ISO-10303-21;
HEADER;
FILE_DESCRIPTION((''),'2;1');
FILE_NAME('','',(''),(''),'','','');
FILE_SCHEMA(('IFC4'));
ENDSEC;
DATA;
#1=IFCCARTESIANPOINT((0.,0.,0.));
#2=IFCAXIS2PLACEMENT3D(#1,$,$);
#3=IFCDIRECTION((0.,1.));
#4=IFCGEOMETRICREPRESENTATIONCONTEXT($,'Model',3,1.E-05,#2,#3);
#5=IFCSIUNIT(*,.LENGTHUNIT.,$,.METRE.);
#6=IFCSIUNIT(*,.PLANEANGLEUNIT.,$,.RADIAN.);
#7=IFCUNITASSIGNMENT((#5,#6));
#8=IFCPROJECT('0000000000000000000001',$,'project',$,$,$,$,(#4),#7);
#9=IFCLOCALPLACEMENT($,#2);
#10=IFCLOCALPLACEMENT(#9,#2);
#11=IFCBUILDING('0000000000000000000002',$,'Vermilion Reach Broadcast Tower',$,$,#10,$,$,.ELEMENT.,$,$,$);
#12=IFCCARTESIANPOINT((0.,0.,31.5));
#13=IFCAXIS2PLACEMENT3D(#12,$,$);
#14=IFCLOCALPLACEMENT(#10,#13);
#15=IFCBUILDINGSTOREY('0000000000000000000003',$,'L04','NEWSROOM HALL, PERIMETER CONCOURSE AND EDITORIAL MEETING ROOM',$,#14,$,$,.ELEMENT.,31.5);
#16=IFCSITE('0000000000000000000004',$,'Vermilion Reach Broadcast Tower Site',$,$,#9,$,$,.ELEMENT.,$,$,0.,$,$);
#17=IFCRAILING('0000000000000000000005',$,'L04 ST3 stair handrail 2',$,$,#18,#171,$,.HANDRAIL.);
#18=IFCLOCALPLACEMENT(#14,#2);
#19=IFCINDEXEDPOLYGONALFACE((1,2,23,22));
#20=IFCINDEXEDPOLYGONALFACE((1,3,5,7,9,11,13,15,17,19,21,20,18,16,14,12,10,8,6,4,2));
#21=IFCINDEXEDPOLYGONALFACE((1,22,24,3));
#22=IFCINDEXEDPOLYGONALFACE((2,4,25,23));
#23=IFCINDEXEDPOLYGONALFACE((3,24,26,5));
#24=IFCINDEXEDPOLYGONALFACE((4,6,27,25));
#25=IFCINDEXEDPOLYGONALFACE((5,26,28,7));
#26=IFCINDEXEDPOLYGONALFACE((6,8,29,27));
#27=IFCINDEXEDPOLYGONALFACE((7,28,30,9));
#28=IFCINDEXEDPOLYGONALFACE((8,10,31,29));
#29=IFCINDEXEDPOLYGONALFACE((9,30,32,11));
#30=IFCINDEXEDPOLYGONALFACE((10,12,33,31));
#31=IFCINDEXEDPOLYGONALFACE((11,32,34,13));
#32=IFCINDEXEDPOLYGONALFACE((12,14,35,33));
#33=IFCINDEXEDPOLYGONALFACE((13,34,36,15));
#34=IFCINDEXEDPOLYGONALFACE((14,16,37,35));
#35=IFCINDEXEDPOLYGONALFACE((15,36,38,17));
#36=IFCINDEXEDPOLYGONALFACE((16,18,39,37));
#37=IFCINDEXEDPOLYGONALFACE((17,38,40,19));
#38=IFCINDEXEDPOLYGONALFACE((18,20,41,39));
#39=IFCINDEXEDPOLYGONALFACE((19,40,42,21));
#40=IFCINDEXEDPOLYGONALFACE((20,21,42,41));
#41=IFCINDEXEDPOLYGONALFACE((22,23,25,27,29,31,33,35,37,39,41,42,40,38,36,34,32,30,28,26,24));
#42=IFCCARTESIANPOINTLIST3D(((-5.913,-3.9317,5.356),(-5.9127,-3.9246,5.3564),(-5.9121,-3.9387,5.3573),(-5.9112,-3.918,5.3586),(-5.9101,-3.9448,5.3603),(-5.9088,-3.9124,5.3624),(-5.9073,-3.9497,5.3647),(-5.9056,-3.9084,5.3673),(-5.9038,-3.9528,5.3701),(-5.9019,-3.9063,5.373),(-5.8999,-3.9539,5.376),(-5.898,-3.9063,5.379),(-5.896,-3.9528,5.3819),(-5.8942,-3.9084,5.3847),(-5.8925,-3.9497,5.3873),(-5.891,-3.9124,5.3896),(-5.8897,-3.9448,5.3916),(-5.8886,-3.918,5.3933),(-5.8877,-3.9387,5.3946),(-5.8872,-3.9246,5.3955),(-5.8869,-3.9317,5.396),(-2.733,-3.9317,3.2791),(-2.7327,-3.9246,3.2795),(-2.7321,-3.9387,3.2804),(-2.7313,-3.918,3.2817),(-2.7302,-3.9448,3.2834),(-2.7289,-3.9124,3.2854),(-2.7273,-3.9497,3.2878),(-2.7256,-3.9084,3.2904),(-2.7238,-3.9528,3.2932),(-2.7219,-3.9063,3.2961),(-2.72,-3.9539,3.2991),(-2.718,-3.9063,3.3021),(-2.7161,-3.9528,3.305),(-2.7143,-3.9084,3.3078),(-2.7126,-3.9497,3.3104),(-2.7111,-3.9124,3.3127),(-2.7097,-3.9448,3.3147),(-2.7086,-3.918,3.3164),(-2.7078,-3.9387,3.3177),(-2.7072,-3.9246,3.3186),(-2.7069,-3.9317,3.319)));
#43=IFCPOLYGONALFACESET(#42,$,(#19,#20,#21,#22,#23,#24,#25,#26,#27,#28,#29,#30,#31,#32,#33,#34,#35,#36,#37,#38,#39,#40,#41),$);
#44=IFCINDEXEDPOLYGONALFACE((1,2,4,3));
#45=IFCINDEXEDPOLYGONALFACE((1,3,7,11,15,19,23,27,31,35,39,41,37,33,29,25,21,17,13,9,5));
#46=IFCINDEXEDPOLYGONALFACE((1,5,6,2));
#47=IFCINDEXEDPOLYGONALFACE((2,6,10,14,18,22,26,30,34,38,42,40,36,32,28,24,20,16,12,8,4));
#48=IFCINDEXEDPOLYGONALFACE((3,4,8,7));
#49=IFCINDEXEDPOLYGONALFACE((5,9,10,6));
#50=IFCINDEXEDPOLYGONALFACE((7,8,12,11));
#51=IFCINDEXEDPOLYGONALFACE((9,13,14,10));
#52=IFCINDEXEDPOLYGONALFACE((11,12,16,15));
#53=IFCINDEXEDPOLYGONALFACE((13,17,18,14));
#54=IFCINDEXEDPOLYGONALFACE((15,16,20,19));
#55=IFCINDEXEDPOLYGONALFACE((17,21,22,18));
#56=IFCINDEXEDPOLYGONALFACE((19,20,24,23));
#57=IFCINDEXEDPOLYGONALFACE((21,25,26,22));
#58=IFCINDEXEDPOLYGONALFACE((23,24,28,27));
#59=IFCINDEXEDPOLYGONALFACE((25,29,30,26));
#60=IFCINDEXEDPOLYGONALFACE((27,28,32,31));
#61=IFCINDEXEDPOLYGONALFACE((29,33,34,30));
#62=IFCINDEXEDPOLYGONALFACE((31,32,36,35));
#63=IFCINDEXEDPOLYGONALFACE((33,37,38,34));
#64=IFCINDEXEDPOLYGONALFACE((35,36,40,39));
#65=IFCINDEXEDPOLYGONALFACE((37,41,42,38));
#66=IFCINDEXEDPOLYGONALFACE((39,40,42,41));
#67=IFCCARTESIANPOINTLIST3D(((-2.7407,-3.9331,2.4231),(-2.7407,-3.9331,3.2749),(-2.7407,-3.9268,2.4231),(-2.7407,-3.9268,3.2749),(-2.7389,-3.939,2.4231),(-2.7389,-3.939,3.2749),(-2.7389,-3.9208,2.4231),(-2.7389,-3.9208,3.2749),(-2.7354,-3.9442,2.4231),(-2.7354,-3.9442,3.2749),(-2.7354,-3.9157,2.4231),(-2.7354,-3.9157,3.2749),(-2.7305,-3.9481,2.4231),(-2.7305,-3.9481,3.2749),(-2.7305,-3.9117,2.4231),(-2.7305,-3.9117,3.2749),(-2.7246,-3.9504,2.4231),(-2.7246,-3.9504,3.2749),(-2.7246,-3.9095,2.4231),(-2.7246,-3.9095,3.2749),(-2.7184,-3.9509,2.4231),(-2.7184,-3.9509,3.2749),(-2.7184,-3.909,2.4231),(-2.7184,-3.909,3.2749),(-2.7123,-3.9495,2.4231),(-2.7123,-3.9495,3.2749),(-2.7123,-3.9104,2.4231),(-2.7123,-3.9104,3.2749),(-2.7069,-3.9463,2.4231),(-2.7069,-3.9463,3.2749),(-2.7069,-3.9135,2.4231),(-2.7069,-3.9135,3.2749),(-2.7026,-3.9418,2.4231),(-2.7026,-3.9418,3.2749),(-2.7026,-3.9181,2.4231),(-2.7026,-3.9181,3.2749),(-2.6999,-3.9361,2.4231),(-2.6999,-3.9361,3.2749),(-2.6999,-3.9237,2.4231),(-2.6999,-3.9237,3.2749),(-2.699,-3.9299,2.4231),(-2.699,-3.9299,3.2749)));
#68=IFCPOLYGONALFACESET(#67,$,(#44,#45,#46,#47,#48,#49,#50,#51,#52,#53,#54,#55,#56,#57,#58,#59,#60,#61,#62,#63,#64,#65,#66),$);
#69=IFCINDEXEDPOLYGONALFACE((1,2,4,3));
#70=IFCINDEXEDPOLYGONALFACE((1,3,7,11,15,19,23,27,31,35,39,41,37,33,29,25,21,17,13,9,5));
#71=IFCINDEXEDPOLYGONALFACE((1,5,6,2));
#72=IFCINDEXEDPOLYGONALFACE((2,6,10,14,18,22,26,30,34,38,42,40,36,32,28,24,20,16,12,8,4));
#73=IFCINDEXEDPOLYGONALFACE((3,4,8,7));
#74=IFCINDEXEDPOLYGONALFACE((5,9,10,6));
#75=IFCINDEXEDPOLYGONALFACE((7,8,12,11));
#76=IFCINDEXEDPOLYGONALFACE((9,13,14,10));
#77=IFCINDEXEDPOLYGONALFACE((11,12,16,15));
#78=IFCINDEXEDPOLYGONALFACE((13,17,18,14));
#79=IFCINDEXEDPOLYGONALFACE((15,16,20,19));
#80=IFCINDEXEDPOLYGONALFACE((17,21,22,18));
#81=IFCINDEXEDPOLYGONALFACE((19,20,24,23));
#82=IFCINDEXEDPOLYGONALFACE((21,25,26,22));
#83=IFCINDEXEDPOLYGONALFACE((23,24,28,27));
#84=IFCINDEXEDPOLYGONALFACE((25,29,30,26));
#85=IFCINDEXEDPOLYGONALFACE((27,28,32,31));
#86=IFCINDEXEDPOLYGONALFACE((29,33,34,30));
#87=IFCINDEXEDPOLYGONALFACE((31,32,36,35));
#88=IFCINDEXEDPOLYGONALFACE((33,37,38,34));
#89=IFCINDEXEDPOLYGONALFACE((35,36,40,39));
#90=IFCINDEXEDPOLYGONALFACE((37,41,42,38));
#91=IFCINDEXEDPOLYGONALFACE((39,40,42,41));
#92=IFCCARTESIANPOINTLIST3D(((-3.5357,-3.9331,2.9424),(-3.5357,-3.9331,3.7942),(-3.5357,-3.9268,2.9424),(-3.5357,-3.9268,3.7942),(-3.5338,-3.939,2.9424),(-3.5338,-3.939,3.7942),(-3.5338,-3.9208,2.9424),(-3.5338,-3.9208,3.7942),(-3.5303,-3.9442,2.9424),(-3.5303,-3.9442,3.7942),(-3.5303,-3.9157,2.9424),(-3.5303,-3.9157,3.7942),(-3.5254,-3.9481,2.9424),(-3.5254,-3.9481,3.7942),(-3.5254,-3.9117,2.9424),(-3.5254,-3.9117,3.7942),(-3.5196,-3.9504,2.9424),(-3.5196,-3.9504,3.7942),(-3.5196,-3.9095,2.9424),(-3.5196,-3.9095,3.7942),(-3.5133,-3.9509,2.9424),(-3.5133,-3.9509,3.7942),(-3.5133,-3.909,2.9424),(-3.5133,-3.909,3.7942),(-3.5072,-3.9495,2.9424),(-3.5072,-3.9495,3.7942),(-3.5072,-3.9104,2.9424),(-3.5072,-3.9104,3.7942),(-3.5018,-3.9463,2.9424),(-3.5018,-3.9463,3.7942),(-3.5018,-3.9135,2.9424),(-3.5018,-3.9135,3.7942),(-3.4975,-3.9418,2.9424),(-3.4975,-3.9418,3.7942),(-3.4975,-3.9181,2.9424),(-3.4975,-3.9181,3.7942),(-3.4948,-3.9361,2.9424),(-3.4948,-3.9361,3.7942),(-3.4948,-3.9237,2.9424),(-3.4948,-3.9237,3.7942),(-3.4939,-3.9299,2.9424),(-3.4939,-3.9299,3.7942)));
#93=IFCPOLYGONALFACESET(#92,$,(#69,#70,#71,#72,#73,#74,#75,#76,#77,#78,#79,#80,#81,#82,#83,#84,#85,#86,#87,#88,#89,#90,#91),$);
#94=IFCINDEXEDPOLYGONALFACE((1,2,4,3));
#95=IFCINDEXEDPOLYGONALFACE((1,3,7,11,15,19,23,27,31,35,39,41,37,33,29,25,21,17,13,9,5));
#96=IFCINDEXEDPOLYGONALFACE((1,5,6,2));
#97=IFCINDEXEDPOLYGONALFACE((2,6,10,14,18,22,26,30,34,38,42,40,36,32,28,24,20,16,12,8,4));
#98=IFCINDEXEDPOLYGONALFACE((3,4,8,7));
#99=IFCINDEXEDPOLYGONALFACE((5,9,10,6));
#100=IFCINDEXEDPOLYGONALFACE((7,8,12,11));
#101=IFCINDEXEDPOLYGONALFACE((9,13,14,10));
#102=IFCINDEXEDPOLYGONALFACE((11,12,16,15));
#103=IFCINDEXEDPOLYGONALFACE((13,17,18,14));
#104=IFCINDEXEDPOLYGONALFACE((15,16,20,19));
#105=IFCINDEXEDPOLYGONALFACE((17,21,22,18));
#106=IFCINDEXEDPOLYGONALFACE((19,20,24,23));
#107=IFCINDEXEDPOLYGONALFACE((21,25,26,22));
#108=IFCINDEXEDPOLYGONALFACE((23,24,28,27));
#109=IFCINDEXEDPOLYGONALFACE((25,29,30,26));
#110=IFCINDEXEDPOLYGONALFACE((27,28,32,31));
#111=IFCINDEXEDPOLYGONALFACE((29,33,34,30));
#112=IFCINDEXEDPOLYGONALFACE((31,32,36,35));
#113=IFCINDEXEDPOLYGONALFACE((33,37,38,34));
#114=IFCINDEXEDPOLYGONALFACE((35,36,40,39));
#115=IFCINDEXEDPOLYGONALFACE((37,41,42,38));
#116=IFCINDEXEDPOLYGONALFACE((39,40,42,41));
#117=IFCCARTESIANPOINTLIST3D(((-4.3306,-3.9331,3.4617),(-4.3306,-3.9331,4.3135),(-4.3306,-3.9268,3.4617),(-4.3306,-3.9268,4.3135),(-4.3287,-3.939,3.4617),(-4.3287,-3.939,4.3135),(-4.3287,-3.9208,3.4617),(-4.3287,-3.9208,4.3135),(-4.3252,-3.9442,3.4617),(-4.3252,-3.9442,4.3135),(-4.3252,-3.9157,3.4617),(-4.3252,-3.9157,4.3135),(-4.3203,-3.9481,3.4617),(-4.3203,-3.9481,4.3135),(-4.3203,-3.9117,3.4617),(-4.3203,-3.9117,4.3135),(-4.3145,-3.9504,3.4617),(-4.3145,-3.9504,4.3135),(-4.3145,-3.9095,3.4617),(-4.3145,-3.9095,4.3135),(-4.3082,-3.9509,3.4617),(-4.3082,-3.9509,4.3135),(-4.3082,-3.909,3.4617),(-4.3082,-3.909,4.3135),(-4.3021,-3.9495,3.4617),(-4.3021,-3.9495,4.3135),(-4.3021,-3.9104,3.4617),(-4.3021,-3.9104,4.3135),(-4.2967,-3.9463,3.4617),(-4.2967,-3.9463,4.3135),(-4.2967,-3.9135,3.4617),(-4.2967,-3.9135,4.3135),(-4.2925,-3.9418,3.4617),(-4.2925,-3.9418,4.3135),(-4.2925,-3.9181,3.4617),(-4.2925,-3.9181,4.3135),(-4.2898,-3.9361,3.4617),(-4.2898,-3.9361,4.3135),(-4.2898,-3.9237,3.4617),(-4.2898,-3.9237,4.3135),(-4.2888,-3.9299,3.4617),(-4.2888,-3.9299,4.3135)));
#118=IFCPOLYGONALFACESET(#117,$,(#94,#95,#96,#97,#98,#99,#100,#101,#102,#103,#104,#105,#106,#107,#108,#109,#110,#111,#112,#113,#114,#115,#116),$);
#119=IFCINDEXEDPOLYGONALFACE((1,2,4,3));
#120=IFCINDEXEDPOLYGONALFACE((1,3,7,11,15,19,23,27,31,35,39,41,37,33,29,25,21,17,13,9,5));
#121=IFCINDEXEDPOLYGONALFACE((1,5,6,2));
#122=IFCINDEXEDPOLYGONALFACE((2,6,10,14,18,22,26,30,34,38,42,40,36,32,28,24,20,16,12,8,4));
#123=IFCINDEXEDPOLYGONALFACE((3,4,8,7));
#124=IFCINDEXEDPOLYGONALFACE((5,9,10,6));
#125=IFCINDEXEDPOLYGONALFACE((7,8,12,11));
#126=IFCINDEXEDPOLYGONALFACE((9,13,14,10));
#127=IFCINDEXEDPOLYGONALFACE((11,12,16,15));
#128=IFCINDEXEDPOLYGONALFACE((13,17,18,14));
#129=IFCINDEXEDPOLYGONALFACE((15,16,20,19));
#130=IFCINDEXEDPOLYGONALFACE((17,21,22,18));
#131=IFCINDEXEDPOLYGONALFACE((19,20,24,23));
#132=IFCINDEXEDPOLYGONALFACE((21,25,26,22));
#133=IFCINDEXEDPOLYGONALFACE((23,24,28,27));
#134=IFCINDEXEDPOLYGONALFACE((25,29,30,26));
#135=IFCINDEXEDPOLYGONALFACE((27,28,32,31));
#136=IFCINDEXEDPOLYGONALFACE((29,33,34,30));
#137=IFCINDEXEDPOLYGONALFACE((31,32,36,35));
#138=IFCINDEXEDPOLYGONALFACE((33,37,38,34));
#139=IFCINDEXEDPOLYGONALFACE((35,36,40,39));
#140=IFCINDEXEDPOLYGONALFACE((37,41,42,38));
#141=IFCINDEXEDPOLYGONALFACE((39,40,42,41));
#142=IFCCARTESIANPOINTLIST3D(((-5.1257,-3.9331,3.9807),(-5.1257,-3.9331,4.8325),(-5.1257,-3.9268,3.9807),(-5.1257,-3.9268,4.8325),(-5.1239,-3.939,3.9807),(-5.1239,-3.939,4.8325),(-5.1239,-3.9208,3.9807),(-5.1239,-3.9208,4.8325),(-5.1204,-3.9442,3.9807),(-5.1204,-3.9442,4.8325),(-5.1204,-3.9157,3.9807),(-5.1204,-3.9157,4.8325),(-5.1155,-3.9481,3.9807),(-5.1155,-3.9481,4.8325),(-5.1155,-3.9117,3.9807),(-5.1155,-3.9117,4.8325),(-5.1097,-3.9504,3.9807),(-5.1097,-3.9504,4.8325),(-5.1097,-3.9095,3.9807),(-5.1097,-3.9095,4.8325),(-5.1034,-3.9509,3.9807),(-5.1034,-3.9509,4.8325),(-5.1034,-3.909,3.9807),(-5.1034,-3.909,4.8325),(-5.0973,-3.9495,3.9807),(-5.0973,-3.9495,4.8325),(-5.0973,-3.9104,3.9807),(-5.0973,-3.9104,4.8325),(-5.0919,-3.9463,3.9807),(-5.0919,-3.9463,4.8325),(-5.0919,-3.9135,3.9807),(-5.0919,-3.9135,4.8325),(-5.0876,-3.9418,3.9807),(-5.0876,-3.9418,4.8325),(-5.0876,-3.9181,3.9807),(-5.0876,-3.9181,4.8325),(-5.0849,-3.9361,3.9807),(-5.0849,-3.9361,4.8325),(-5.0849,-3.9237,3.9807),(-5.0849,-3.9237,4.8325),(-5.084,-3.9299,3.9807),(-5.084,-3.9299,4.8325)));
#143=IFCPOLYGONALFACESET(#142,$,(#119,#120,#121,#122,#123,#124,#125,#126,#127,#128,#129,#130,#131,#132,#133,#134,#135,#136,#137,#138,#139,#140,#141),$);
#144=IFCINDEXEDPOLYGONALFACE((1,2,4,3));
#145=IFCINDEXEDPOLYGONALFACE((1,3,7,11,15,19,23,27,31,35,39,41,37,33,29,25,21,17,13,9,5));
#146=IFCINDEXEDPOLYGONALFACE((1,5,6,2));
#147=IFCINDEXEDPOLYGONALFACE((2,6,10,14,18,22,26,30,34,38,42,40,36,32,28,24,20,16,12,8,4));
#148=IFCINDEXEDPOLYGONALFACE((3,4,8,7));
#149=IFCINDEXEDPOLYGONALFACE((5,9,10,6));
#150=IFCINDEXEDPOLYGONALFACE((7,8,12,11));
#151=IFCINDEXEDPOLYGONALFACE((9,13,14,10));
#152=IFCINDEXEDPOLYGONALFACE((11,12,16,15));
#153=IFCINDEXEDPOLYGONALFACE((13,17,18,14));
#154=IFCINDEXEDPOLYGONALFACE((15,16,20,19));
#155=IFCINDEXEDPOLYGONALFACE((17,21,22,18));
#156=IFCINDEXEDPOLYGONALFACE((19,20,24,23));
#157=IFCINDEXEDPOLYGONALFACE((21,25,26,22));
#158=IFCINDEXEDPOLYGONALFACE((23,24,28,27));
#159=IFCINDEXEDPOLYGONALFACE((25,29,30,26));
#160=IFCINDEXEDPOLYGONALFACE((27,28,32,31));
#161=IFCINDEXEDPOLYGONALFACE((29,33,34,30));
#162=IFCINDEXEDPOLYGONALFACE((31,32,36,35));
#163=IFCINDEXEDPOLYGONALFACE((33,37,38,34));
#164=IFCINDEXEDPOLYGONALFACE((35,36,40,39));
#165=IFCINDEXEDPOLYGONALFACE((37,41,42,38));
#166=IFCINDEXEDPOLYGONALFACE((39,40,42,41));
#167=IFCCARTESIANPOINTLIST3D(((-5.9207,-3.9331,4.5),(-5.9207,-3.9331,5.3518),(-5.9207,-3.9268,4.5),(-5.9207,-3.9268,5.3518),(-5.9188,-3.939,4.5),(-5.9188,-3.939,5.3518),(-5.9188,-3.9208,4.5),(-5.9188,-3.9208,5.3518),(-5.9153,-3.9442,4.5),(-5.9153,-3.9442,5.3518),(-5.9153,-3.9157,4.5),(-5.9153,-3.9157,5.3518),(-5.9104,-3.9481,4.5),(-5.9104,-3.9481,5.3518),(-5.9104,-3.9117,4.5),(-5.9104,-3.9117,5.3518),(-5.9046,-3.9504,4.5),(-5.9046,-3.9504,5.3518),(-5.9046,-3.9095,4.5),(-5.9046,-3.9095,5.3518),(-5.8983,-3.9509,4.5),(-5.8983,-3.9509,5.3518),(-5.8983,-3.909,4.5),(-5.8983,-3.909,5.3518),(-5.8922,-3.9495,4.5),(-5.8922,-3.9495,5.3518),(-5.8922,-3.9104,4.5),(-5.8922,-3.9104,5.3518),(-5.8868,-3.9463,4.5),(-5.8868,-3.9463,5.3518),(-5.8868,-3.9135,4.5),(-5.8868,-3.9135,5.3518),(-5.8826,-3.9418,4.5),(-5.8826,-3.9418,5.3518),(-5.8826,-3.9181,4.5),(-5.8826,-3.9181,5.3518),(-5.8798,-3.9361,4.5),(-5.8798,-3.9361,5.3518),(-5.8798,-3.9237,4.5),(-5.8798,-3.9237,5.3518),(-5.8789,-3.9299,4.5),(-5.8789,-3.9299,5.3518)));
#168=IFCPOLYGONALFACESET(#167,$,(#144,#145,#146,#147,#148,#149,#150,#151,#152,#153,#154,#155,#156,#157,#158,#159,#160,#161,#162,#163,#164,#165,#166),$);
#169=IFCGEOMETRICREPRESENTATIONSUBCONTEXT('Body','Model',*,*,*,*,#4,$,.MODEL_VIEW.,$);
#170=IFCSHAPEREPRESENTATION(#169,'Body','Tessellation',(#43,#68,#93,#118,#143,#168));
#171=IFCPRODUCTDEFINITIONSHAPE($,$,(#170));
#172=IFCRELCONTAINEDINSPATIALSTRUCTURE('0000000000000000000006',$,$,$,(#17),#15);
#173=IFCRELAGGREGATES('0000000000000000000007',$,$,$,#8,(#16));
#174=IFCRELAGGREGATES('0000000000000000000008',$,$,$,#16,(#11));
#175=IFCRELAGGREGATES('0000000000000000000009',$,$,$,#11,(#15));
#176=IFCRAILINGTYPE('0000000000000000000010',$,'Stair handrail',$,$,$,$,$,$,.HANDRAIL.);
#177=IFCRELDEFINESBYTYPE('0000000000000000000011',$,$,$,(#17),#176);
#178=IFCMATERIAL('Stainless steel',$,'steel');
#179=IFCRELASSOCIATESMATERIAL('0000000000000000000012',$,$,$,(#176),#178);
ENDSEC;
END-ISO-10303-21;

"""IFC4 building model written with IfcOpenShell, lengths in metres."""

from ifc_helpers import new_model, si_unit, direction, frame, origin, origin_2d, place, context, subcontext, project, spatial, circle, extrude, material, type_object, element, save


model = new_model("IFC4")

# Units and contexts
model_context = context("Model", 3, precision=1e-05, world=origin(), true_north=direction((0.0, 1.0)))
body_context = subcontext(model_context, "Body", "Model", "MODEL_VIEW")
ifc_project = project(units=[si_unit("LENGTHUNIT", "METRE"), si_unit("PLANEANGLEUNIT", "RADIAN")], contexts=[model_context])

# Site, building, storey
site_placement = place(None, origin())
site = spatial("IfcSite", under=ifc_project, at=site_placement, Name="Vermilion Reach Broadcast Tower Site", CompositionType="ELEMENT", RefElevation=0.0)
building_placement = place(site_placement, origin())
building = spatial("IfcBuilding", under=site, at=building_placement, Name="Vermilion Reach Broadcast Tower", CompositionType="ELEMENT")
storey_placement = place(building_placement, frame((0.0, 0.0, 31.5)))
storey = spatial("IfcBuildingStorey", under=building, at=storey_placement, Name="L04", Description="NEWSROOM HALL, PERIMETER CONCOURSE AND EDITORIAL MEETING ROOM", CompositionType="ELEMENT", Elevation=31.5)

# Railing
ifc_material_1 = material(Name="Stainless steel", Category="steel")
railing_type_1 = type_object("IfcRailingType", Name="Stair handrail", PredefinedType="HANDRAIL", material=ifc_material_1)
railing_1_placement = place(storey_placement, frame((-2.72, -3.9299, 2.4231)))
element("IfcRailing", 1, at=railing_1_placement, inside=storey, type_object=railing_type_1, Name="L04 ST3 stair handrail 2", PredefinedType="HANDRAIL", context=body_context, shape_type="SweptSolid", body=[
    extrude(circle(Radius=0.0239, at=origin_2d()), frame((0.0, 0.0, 0.876), z_axis=(-0.837245, 0.0, 0.546828), x_axis=(0.0, -1.0, 0.0)), (0.0, 0.0, 1.0), 3.7981),
    extrude(circle(Radius=0.021, at=origin_2d()), origin(), (0.0, 0.0, 1.0), 0.8518),
    extrude(circle(Radius=0.021, at=origin_2d()), frame((-0.7949, 0.0, 0.5193)), (0.0, 0.0, 1.0), 0.8518),
    extrude(circle(Radius=0.021, at=origin_2d()), frame((-1.5898, 0.0, 1.0386)), (0.0, 0.0, 1.0), 0.8518),
    extrude(circle(Radius=0.021, at=origin_2d()), frame((-2.385, 0.0, 1.5576)), (0.0, 0.0, 1.0), 0.8518),
    extrude(circle(Radius=0.021, at=origin_2d()), frame((-3.1799, 0.0, 2.0769)), (0.0, 0.0, 1.0), 0.8518),
])

save(model, "model.ifc")
